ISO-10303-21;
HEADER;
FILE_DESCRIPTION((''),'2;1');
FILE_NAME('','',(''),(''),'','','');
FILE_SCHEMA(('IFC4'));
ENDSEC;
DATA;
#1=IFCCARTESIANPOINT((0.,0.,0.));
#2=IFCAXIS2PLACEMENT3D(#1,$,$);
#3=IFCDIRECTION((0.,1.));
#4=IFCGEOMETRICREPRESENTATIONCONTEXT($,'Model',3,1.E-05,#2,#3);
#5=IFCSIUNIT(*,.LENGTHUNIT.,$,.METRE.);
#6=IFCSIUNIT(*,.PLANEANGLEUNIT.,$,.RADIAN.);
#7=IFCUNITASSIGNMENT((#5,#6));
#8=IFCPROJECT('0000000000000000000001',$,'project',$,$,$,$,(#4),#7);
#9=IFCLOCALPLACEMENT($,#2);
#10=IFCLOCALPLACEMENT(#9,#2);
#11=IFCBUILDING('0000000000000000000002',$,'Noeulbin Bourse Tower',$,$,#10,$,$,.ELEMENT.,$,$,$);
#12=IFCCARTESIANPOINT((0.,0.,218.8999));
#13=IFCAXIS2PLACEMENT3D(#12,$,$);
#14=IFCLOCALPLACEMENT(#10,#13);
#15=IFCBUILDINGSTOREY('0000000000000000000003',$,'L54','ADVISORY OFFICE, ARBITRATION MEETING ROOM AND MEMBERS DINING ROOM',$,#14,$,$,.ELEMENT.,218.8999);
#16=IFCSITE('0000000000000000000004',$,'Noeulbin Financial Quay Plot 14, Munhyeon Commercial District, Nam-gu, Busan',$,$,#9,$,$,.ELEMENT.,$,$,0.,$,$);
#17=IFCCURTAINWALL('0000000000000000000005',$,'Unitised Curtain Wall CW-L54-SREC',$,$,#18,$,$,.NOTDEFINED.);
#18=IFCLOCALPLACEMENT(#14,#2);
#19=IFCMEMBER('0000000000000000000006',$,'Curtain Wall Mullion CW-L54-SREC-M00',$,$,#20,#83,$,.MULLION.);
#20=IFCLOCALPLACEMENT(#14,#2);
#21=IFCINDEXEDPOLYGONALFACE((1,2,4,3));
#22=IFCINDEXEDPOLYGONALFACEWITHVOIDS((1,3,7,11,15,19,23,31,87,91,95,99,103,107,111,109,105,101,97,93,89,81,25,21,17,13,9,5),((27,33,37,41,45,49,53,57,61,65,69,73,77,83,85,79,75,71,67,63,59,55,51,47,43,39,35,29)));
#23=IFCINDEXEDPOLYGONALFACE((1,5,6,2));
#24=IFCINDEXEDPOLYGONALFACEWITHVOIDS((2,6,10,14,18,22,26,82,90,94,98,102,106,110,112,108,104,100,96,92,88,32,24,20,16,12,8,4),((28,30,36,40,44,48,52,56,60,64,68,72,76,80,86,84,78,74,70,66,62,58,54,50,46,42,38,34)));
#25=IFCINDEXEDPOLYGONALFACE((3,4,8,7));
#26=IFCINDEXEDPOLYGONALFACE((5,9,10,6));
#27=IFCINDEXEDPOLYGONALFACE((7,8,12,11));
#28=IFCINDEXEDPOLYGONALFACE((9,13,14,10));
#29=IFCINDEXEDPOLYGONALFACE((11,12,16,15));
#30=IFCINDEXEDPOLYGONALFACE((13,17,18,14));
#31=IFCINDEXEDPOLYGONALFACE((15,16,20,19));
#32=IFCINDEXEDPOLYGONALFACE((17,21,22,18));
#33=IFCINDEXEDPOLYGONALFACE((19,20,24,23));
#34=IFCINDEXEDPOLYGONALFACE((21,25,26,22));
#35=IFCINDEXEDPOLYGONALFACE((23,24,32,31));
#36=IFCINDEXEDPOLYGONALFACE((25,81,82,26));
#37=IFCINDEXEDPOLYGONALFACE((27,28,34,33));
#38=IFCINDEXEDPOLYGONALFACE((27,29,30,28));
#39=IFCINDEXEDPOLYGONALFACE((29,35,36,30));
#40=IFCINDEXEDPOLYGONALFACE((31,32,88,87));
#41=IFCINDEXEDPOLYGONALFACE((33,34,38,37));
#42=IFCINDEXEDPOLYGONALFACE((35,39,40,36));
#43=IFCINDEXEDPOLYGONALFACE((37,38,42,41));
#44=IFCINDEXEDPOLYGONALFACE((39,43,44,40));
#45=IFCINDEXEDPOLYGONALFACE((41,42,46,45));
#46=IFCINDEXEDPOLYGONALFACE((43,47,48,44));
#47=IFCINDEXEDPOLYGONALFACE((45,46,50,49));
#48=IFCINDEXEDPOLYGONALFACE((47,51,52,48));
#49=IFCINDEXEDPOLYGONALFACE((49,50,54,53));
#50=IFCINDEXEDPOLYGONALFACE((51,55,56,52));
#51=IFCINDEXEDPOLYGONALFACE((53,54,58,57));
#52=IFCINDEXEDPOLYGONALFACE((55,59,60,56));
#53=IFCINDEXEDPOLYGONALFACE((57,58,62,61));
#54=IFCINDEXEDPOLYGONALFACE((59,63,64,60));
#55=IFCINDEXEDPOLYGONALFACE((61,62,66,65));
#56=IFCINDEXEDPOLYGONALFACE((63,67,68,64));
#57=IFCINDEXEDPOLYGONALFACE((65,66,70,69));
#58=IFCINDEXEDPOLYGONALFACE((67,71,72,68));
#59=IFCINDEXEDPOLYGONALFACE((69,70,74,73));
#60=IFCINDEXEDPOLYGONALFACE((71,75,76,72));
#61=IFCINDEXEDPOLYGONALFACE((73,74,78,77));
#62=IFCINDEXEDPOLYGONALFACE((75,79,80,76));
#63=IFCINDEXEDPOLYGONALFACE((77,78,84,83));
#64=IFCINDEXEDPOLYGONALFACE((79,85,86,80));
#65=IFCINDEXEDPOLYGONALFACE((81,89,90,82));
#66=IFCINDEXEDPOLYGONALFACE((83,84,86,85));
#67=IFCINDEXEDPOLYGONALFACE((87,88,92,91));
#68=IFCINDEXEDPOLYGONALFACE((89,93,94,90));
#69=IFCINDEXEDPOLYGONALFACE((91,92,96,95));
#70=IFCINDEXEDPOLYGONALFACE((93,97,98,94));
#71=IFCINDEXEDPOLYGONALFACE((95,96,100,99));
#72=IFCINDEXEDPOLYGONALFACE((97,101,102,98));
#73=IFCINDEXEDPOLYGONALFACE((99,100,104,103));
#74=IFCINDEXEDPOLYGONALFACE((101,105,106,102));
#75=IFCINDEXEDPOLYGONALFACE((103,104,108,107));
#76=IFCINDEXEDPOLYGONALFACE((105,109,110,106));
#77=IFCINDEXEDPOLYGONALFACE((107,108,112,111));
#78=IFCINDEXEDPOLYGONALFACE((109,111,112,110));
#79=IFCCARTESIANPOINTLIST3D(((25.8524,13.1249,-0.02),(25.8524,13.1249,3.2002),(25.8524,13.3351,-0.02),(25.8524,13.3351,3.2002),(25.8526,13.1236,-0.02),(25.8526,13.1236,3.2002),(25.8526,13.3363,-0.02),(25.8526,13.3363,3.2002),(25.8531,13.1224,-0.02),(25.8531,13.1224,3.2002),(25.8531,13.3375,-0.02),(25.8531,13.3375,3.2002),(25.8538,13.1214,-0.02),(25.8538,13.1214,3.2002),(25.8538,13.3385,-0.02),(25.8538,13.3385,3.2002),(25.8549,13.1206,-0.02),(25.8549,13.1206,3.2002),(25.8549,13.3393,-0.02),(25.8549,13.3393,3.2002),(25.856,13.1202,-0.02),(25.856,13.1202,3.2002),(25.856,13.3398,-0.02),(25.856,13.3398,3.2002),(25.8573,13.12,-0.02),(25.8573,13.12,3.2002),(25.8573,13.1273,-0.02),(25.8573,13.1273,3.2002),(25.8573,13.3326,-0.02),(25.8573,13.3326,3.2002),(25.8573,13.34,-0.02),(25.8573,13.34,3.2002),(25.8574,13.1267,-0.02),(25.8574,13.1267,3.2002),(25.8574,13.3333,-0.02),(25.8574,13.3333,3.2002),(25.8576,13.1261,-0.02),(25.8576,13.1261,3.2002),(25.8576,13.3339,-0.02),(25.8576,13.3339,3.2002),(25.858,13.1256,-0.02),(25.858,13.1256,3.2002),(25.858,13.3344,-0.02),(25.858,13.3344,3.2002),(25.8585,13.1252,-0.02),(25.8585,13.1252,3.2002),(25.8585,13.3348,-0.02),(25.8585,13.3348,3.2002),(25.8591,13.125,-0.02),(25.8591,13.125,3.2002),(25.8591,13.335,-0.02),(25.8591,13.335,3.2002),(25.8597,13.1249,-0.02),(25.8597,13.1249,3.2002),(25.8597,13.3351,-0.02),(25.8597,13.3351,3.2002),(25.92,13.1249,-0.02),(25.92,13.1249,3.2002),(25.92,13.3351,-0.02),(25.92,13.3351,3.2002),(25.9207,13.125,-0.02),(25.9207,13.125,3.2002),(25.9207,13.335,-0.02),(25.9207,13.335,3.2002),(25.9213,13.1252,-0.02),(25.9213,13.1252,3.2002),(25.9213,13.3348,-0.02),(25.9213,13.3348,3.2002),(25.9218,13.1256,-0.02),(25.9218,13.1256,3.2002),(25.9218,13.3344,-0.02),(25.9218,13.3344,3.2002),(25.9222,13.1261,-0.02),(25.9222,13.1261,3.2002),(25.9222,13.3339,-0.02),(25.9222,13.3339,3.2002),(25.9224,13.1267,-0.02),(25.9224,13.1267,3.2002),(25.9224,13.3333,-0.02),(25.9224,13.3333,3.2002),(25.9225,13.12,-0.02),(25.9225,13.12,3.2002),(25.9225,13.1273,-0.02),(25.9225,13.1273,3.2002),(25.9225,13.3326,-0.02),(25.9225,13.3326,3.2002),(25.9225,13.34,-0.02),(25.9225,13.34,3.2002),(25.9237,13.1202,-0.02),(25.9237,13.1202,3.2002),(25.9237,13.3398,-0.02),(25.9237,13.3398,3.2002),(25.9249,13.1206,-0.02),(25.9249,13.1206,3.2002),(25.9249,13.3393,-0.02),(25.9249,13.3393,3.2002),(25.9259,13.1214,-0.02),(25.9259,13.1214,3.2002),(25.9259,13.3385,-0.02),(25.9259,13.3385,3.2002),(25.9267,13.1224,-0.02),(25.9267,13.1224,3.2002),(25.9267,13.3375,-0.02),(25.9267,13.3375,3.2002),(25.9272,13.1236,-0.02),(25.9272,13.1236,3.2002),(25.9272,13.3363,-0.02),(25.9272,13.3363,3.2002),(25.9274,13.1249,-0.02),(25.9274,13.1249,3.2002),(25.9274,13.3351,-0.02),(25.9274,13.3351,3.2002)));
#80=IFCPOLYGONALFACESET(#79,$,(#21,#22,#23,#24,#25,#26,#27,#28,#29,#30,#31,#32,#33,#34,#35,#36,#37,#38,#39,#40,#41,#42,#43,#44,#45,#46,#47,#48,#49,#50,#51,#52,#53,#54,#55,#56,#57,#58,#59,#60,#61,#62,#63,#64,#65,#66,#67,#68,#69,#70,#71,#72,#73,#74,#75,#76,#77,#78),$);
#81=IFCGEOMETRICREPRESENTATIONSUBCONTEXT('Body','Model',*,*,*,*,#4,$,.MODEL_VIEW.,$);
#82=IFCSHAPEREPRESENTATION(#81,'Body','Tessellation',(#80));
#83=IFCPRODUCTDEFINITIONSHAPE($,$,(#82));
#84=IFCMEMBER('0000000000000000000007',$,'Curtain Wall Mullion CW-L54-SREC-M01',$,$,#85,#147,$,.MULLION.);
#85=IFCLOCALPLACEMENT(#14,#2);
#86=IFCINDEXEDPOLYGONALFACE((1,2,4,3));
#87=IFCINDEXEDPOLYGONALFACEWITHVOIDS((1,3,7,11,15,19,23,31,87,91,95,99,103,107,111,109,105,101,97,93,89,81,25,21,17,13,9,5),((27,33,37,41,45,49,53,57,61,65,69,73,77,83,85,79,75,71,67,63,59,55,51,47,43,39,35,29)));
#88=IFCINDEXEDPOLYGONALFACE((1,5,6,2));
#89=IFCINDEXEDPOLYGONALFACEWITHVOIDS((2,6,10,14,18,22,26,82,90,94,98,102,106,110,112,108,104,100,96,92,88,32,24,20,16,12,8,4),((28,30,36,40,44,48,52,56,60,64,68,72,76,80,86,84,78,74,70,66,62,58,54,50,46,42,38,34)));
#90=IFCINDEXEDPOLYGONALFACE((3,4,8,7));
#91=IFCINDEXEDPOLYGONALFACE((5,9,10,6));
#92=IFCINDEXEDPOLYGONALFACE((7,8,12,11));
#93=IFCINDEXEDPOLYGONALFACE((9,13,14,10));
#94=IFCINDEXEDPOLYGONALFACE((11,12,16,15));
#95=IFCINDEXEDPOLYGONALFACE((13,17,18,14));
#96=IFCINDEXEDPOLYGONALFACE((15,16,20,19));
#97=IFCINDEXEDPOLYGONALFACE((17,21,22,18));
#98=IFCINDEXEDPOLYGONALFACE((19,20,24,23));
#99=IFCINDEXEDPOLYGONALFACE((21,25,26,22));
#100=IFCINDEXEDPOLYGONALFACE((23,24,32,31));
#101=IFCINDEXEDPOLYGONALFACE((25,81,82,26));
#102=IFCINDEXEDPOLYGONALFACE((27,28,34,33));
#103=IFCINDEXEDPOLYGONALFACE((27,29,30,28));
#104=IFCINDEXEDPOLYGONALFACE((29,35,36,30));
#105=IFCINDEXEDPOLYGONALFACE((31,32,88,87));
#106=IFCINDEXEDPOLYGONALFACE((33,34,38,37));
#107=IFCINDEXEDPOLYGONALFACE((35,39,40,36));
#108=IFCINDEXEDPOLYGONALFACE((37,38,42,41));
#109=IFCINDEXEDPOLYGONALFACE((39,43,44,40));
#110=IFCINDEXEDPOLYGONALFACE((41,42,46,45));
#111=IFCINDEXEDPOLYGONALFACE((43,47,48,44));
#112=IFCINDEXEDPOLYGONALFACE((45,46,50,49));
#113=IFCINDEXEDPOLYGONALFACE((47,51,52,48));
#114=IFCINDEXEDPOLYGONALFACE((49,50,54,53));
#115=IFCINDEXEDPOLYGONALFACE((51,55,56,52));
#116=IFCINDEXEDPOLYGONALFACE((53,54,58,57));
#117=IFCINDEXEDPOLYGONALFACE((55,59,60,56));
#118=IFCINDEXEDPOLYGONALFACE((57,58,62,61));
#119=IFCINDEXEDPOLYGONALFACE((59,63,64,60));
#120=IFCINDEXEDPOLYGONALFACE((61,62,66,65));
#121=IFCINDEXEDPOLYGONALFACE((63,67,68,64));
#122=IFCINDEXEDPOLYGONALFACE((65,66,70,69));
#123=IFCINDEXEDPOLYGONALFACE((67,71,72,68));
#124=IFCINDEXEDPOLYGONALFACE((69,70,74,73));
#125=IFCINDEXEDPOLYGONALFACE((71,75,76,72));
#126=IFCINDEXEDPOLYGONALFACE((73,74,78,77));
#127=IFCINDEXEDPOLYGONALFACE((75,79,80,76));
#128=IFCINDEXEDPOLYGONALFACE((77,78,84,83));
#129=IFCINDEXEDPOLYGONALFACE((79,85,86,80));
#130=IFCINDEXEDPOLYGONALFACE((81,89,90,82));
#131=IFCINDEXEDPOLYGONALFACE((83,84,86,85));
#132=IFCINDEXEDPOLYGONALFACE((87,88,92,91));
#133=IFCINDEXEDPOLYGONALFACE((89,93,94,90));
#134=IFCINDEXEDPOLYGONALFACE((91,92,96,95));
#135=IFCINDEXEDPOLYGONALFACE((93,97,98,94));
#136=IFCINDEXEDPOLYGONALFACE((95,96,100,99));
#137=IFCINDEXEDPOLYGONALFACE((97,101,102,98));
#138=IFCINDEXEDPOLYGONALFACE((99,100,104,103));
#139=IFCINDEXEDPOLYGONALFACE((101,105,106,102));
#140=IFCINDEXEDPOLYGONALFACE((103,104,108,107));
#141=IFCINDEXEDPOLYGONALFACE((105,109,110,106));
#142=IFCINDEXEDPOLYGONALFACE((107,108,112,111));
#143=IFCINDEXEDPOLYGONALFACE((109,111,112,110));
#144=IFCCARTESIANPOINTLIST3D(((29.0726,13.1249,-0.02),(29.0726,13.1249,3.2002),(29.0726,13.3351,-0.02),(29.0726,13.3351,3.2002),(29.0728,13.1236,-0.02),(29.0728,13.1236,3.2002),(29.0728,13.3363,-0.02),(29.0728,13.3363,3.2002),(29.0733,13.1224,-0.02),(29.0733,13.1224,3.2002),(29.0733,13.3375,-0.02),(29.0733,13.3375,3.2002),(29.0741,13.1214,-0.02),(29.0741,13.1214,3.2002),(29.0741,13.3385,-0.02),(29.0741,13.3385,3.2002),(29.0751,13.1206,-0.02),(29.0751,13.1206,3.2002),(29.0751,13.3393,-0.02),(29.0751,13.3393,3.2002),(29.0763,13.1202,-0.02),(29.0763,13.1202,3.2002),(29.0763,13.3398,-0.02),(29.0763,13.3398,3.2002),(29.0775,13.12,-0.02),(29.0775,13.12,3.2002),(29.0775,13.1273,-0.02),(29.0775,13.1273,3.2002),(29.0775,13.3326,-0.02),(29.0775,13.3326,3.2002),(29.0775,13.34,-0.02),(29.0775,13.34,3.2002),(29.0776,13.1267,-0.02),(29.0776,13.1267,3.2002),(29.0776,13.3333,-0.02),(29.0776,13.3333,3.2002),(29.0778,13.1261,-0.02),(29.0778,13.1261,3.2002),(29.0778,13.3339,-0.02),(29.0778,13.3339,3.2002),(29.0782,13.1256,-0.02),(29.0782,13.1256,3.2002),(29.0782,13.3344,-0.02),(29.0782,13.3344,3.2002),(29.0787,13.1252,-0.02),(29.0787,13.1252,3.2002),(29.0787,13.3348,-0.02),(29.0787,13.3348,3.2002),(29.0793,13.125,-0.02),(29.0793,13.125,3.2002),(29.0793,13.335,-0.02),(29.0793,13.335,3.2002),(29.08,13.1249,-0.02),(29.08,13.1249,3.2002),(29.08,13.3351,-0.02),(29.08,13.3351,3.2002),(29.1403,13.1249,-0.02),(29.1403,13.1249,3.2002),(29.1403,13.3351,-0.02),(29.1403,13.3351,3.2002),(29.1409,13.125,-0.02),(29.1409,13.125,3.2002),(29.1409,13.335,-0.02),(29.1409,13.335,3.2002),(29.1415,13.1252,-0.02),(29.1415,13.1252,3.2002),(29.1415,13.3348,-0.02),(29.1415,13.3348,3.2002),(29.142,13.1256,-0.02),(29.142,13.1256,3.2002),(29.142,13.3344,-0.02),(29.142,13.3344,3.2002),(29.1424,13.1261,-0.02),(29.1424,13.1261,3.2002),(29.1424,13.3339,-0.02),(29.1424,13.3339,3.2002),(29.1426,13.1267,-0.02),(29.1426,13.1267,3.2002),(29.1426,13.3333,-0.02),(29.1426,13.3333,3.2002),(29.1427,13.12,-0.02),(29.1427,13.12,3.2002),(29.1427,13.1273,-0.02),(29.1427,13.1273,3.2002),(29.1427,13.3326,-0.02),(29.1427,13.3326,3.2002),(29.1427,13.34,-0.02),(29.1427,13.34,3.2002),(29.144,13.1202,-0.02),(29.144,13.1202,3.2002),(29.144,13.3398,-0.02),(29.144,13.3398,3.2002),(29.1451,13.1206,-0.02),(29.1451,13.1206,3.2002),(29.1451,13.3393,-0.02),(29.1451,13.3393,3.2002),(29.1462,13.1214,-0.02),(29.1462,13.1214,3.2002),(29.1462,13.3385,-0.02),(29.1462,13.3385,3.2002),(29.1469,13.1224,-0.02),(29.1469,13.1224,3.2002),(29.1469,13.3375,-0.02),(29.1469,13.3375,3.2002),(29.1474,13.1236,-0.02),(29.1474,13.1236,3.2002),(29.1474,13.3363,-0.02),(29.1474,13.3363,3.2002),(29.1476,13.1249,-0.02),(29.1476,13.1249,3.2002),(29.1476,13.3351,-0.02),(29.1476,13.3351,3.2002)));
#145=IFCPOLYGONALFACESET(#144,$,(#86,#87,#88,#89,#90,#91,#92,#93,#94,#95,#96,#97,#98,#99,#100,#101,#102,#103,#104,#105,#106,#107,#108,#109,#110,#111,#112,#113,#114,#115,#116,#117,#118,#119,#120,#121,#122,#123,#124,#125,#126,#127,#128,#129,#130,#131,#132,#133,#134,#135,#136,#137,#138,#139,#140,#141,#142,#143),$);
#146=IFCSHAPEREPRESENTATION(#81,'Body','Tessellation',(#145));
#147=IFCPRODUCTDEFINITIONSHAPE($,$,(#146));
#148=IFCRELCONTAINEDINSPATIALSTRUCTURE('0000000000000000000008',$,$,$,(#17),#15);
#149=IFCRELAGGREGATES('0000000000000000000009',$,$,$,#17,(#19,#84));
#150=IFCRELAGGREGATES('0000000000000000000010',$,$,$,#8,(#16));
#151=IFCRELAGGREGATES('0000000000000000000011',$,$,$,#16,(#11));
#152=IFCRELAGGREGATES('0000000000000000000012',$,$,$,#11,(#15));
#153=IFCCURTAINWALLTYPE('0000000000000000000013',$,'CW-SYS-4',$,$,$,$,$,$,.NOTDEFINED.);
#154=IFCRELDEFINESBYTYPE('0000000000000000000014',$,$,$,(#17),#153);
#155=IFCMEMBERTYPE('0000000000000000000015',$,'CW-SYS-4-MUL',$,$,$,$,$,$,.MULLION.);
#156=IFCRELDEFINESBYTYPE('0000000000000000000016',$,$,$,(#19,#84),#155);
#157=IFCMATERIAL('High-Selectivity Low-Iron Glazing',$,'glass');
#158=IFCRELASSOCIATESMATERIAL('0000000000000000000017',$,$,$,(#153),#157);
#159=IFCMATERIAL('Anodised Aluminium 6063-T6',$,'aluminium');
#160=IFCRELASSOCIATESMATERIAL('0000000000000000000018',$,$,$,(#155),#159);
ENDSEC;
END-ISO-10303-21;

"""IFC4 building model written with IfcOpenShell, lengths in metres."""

from ifc_helpers import new_model, si_unit, direction, frame, origin, origin_2d, place, context, subcontext, project, spatial, hollow_rectangle, extrude, material, material_profile, profile_set, type_object, element, aggregate, save


model = new_model("IFC4")

# Units and contexts
model_context = context("Model", 3, precision=1e-05, world=origin(), true_north=direction((0.0, 1.0)))
body_context = subcontext(model_context, "Body", "Model", "MODEL_VIEW")
ifc_project = project(units=[si_unit("LENGTHUNIT", "METRE"), si_unit("PLANEANGLEUNIT", "RADIAN")], contexts=[model_context])

# Site, building, storey
site_placement = place(None, origin())
site = spatial("IfcSite", under=ifc_project, at=site_placement, Name="Noeulbin Financial Quay Plot 14, Munhyeon Commercial District, Nam-gu, Busan", CompositionType="ELEMENT", RefElevation=0.0)
building_placement = place(site_placement, origin())
building = spatial("IfcBuilding", under=site, at=building_placement, Name="Noeulbin Bourse Tower", CompositionType="ELEMENT")
storey_placement = place(building_placement, frame((0.0, 0.0, 218.8999)))
storey = spatial("IfcBuildingStorey", under=building, at=storey_placement, Name="L54", Description="ADVISORY OFFICE, ARBITRATION MEETING ROOM AND MEMBERS DINING ROOM", CompositionType="ELEMENT", Elevation=218.8999)

# Curtain wall, members
ifc_material_1 = material(Name="High-Selectivity Low-Iron Glazing", Category="glass")
curtain_wall_type = type_object("IfcCurtainWallType", Name="CW-SYS-4", PredefinedType="NOTDEFINED", material=ifc_material_1)
curtain_wall_1_placement = place(storey_placement, origin())
curtain_wall_1 = element("IfcCurtainWall", 1, at=curtain_wall_1_placement, inside=storey, type_object=curtain_wall_type, Name="Unitised Curtain Wall CW-L54-SREC", PredefinedType="NOTDEFINED")
ifc_material_2 = material(Name="Anodised Aluminium 6063-T6", Category="aluminium")
ifc_material_profile_1 = material_profile(ifc_material_2, hollow_rectangle(XDim=0.075, YDim=0.22, WallThickness=0.0049, InnerFilletRadius=0.0024, OuterFilletRadius=0.0049, at=origin_2d()), Name="ALU-MULL-75x220x5", Category="LoadBearing")
ifc_profile_set_1 = profile_set([ifc_material_profile_1], Name="Anodised Aluminium 6063-T6")
member_type_1 = type_object("IfcMemberType", Name="CW-SYS-4-MUL", PredefinedType="MULLION", material=ifc_profile_set_1)
member_1_placement = place(storey_placement, frame((25.8899, 13.23, -0.02), z_axis=(0.0, 0.0, 1.0), x_axis=(1.0, 0.0, 0.0)))
member_1 = element("IfcMember", 2, at=member_1_placement, type_object=member_type_1, Name="Curtain Wall Mullion CW-L54-SREC-M00", PredefinedType="MULLION", context=body_context, shape_type="SweptSolid", body=[
    extrude(hollow_rectangle(XDim=0.075, YDim=0.22, WallThickness=0.0049, InnerFilletRadius=0.0024, OuterFilletRadius=0.0049, at=origin_2d()), origin(), (0.0, 0.0, 1.0), 3.2202),
])
member_2_placement = place(storey_placement, frame((29.1101, 13.23, -0.02), z_axis=(0.0, 0.0, 1.0), x_axis=(1.0, 0.0, 0.0)))
member_2 = element("IfcMember", 3, at=member_2_placement, type_object=member_type_1, Name="Curtain Wall Mullion CW-L54-SREC-M01", PredefinedType="MULLION", context=body_context, shape_type="SweptSolid", body=[
    extrude(hollow_rectangle(XDim=0.075, YDim=0.22, WallThickness=0.0049, InnerFilletRadius=0.0024, OuterFilletRadius=0.0049, at=origin_2d()), origin(), (0.0, 0.0, 1.0), 3.2202),
])

aggregate(curtain_wall_1, [member_1, member_2])

save(model, "model.ifc")
